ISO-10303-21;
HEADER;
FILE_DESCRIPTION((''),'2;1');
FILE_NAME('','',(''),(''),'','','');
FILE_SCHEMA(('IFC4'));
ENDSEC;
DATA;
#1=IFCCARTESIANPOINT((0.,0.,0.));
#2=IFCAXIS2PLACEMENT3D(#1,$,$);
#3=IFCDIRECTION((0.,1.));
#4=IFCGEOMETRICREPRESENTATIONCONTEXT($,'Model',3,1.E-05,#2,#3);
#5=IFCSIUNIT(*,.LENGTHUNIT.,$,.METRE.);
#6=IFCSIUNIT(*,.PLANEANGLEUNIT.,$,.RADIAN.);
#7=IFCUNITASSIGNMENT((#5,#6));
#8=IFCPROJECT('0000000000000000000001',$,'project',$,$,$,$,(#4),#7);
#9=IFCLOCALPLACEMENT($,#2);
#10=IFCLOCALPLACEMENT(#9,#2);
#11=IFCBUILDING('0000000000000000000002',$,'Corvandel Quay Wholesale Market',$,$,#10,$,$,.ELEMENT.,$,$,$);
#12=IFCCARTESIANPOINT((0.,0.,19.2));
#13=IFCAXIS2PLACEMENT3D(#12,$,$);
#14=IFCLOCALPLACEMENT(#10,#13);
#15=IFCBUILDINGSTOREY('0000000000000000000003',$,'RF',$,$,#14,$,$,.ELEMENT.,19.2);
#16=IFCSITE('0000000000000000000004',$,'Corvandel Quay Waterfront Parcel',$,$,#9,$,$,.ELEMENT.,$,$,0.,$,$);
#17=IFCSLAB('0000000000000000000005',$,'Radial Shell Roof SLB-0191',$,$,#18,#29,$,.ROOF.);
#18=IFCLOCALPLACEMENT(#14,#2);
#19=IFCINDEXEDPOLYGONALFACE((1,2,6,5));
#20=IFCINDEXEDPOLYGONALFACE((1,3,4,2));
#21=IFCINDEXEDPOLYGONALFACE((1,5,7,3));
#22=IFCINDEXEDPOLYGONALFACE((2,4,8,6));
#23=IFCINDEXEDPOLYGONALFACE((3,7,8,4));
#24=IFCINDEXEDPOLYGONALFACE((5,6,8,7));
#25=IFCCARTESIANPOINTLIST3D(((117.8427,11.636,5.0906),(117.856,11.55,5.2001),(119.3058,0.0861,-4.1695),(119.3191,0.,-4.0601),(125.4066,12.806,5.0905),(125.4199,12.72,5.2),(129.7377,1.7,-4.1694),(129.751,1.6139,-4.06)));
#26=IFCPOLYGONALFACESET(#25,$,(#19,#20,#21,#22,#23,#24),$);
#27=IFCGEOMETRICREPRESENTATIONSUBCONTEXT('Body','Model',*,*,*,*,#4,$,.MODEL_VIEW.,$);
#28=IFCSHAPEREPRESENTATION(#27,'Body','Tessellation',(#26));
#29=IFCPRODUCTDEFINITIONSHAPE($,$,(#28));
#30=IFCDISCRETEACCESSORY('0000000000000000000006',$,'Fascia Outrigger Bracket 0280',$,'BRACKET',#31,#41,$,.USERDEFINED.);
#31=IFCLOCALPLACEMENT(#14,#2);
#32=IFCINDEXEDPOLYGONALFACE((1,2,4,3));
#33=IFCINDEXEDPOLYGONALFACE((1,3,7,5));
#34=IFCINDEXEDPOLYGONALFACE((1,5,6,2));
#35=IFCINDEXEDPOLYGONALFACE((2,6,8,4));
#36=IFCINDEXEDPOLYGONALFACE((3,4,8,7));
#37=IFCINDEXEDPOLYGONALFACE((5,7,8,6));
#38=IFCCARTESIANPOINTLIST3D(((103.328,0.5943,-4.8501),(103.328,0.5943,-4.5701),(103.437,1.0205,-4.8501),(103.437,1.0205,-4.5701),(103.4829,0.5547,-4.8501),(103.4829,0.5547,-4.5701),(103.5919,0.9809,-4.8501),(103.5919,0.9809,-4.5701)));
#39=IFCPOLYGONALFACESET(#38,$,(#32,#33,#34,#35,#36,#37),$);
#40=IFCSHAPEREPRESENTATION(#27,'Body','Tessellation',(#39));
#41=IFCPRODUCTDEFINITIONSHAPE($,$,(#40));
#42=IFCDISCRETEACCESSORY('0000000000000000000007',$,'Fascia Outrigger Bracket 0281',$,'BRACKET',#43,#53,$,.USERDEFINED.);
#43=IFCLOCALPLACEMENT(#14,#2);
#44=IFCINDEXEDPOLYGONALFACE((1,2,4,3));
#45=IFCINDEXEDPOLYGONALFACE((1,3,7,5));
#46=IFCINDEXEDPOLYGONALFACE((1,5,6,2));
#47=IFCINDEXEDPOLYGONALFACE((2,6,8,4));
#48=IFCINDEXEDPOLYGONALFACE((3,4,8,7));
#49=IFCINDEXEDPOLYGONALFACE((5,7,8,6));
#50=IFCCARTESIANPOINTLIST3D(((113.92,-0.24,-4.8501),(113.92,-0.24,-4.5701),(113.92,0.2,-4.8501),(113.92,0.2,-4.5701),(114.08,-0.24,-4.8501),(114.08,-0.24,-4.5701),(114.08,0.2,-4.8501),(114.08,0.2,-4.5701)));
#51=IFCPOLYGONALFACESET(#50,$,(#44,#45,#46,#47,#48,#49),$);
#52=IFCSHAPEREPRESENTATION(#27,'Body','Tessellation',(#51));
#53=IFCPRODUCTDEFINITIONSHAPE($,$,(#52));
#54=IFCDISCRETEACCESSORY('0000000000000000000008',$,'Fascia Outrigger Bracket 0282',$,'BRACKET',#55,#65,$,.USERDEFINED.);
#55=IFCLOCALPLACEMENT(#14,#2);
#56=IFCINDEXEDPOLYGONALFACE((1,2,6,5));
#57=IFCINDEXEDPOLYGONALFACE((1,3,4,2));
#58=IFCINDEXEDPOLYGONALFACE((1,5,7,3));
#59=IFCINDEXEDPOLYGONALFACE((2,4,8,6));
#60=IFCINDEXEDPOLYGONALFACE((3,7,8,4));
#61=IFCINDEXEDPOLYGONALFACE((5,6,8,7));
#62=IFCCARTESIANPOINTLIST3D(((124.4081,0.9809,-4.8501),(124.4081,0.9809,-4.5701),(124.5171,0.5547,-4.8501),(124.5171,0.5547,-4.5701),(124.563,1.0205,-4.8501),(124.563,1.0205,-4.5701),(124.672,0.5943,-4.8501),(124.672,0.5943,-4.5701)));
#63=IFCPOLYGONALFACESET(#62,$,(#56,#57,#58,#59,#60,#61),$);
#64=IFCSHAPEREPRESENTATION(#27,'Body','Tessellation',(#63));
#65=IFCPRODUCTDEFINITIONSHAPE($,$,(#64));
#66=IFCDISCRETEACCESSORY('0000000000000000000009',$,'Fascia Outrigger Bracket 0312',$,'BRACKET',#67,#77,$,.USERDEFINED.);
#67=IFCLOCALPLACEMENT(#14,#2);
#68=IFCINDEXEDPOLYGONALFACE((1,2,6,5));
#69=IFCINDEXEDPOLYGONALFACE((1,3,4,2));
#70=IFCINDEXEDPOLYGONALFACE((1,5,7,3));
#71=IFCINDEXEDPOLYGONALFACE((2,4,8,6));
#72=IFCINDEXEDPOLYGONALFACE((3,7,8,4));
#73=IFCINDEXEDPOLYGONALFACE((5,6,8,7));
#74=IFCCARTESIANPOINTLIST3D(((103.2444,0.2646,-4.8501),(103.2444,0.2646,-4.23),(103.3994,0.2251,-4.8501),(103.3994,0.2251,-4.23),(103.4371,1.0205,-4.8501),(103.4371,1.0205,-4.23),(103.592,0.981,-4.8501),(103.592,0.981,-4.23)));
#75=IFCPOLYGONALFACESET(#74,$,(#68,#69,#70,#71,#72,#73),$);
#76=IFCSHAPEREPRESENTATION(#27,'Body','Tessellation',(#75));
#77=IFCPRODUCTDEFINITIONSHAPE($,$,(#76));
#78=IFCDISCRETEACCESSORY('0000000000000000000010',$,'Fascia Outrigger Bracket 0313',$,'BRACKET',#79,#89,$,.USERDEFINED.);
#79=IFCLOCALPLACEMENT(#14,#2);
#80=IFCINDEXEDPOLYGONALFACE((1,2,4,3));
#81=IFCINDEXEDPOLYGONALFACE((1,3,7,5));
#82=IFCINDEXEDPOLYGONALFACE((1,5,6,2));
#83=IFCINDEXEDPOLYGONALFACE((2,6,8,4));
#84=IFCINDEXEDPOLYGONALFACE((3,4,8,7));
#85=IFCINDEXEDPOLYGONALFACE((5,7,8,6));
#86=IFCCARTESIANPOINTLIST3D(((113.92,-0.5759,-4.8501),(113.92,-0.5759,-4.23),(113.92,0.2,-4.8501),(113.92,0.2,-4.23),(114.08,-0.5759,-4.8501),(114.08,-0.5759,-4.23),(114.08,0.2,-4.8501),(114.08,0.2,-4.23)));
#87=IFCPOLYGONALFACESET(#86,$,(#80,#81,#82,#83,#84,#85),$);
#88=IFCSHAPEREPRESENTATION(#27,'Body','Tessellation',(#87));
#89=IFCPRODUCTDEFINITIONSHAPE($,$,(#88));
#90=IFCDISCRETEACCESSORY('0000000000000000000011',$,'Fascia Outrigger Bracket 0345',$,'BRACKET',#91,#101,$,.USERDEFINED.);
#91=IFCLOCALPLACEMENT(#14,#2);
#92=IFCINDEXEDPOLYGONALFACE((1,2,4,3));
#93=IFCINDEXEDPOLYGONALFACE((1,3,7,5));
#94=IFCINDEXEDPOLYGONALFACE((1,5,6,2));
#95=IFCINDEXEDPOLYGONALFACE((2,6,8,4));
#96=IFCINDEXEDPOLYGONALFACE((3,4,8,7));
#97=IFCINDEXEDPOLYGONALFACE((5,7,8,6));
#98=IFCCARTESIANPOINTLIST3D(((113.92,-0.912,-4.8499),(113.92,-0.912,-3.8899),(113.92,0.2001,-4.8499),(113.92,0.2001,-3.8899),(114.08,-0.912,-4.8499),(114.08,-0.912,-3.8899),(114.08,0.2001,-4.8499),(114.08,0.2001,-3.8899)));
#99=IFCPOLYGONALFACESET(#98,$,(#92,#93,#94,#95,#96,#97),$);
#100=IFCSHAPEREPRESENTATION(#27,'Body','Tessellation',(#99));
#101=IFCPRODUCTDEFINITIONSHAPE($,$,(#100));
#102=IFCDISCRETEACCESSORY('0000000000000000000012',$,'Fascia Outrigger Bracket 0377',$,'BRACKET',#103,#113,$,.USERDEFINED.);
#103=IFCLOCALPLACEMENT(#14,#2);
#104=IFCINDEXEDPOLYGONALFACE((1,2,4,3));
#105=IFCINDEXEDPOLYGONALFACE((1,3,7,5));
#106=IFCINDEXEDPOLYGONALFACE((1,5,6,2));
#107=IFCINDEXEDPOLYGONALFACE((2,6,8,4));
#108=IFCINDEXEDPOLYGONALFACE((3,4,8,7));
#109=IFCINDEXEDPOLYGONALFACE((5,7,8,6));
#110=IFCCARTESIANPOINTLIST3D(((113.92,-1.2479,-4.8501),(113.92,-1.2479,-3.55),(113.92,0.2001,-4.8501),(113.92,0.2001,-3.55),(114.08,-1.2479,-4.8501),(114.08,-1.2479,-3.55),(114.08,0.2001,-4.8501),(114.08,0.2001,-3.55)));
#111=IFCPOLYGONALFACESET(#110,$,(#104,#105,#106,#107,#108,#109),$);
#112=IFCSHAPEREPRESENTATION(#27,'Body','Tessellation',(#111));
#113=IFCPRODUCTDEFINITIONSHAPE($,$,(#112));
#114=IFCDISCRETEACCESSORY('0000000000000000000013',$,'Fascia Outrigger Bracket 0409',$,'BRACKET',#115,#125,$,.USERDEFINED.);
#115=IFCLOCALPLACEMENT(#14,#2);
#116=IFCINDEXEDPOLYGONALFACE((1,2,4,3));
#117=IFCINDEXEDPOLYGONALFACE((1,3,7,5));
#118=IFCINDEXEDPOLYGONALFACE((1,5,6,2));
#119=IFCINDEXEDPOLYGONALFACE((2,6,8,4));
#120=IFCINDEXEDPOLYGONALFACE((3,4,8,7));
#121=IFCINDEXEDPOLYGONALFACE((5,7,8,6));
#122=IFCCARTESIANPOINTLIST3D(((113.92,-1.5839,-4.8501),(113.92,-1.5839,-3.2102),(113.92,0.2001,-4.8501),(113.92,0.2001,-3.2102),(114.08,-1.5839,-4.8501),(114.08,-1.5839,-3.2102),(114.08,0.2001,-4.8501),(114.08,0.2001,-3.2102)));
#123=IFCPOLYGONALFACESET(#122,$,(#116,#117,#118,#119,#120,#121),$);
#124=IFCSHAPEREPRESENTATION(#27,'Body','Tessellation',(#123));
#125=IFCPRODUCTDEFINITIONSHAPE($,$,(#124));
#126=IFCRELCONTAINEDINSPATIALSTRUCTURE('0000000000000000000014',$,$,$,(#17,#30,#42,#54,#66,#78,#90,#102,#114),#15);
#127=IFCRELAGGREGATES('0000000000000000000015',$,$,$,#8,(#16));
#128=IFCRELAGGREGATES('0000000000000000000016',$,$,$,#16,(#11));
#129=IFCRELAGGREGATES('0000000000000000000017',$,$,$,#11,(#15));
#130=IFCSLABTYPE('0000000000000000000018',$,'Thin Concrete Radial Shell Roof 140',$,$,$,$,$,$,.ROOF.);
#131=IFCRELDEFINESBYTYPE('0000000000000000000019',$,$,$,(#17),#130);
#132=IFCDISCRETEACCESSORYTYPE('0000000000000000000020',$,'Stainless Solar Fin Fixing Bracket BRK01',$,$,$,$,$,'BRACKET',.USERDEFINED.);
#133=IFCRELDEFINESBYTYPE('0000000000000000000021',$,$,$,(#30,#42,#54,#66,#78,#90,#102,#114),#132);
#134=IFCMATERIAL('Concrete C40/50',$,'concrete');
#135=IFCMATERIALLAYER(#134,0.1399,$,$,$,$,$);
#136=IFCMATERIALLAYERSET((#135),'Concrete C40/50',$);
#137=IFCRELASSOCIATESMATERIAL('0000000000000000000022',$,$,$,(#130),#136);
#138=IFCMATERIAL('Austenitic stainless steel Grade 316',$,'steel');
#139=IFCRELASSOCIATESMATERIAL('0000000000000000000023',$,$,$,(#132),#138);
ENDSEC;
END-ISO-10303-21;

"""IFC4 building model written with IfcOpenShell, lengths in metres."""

from ifc_helpers import new_model, si_unit, direction, frame, origin, origin_2d, place, context, subcontext, project, spatial, polyline, rectangle, outline, extrude, material, layer, layer_set, type_object, element, save


model = new_model("IFC4")

# Units and contexts
model_context = context("Model", 3, precision=1e-05, world=origin(), true_north=direction((0.0, 1.0)))
body_context = subcontext(model_context, "Body", "Model", "MODEL_VIEW")
ifc_project = project(units=[si_unit("LENGTHUNIT", "METRE"), si_unit("PLANEANGLEUNIT", "RADIAN")], contexts=[model_context])

# Site, building, storey
site_placement = place(None, origin())
site = spatial("IfcSite", under=ifc_project, at=site_placement, Name="Corvandel Quay Waterfront Parcel", CompositionType="ELEMENT", RefElevation=0.0)
building_placement = place(site_placement, origin())
building = spatial("IfcBuilding", under=site, at=building_placement, Name="Corvandel Quay Wholesale Market", CompositionType="ELEMENT")
storey_placement = place(building_placement, frame((0.0, 0.0, 19.2)))
storey = spatial("IfcBuildingStorey", under=building, at=storey_placement, Name="RF", CompositionType="ELEMENT", Elevation=19.2)

# Slab
ifc_material_1 = material(Name="Concrete C40/50", Category="concrete")
ifc_layer_1 = layer(ifc_material_1, 0.1399)
ifc_layer_set_1 = layer_set([ifc_layer_1], Name="Concrete C40/50")
slab_type = type_object("IfcSlabType", Name="Thin Concrete Radial Shell Roof 140", PredefinedType="ROOF", material=ifc_layer_set_1)
slab_1_placement = place(storey_placement, frame((119.3191, 0.0, -4.0601), z_axis=(0.095189, -0.615316, 0.782512), x_axis=(0.988243, 0.152892, 0.00001)))
element("IfcSlab", 1, at=slab_1_placement, inside=storey, type_object=slab_type, Name="Radial Shell Roof SLB-0191", PredefinedType="ROOF", context=body_context, shape_type="SweptSolid", body=[
    extrude(outline(polyline([(0.0, 0.0), (10.556, 0.0), (7.974, 14.8722), (0.3201, 14.8724), (0.0, 0.0)])), origin(), (0.0, 0.0, -1.0), 0.1399),
])

# Discrete accessories
ifc_material_2 = material(Name="Austenitic stainless steel Grade 316", Category="steel")
discrete_accessory_type = type_object("IfcDiscreteAccessoryType", Name="Stainless Solar Fin Fixing Bracket BRK01", ElementType="BRACKET", PredefinedType="USERDEFINED", material=ifc_material_2)
for number, where, z_axis, x_axis, name in (
    (2, (103.46, 0.7876, -4.8501), (0.0, 0.0, 1.0), (0.247845, 0.9688, 0.0), "Fascia Outrigger Bracket 0280"),
    (3, (114.0, -0.02, -4.8501), (0.0, 0.0, 1.0), (0.0, 1.0, 0.0), "Fascia Outrigger Bracket 0281"),
    (4, (124.54, 0.7876, -4.8501), (0.0, 0.0, 1.0), (-0.247845, 0.9688, 0.0), "Fascia Outrigger Bracket 0282"),
):
    element("IfcDiscreteAccessory", number, at=place(storey_placement, frame(where, z_axis=z_axis, x_axis=x_axis)), inside=storey, type_object=discrete_accessory_type, Name=name, ObjectType="BRACKET", PredefinedType="USERDEFINED", context=body_context, shape_type="SweptSolid", body=[
        extrude(rectangle(XDim=0.4399, YDim=0.1599, at=origin_2d()), origin(), (0.0, 0.0, 1.0), 0.28),
    ])
discrete_accessory_1_placement = place(storey_placement, frame((103.4182, 0.6228, -4.8501), z_axis=(0.0, 0.0, 1.0), x_axis=(0.246999, 0.969016, 0.0)))
element("IfcDiscreteAccessory", 5, at=discrete_accessory_1_placement, inside=storey, type_object=discrete_accessory_type, Name="Fascia Outrigger Bracket 0312", ObjectType="BRACKET", PredefinedType="USERDEFINED", context=body_context, shape_type="SweptSolid", body=[
    extrude(rectangle(XDim=0.78, YDim=0.1599, at=origin_2d()), origin(), (0.0, 0.0, 1.0), 0.6201),
])
discrete_accessory_2_placement = place(storey_placement, frame((114.0, -0.188, -4.8501), z_axis=(0.0, 0.0, 1.0), x_axis=(0.0, 1.0, 0.0)))
element("IfcDiscreteAccessory", 6, at=discrete_accessory_2_placement, inside=storey, type_object=discrete_accessory_type, Name="Fascia Outrigger Bracket 0313", ObjectType="BRACKET", PredefinedType="USERDEFINED", context=body_context, shape_type="SweptSolid", body=[
    extrude(rectangle(XDim=0.7759, YDim=0.1599, at=origin_2d()), origin(), (0.0, 0.0, 1.0), 0.6201),
])
discrete_accessory_3_placement = place(storey_placement, frame((114.0, -0.356, -4.8499), z_axis=(0.0, 0.0, 1.0), x_axis=(0.0, 1.0, 0.0)))
element("IfcDiscreteAccessory", 7, at=discrete_accessory_3_placement, inside=storey, type_object=discrete_accessory_type, Name="Fascia Outrigger Bracket 0345", ObjectType="BRACKET", PredefinedType="USERDEFINED", context=body_context, shape_type="SweptSolid", body=[
    extrude(rectangle(XDim=1.1121, YDim=0.1599, at=origin_2d()), origin(), (0.0, 0.0, 1.0), 0.96),
])
discrete_accessory_4_placement = place(storey_placement, frame((114.0, -0.5239, -4.8501), z_axis=(0.0, 0.0, 1.0), x_axis=(0.0, 1.0, 0.0)))
element("IfcDiscreteAccessory", 8, at=discrete_accessory_4_placement, inside=storey, type_object=discrete_accessory_type, Name="Fascia Outrigger Bracket 0377", ObjectType="BRACKET", PredefinedType="USERDEFINED", context=body_context, shape_type="SweptSolid", body=[
    extrude(rectangle(XDim=1.448, YDim=0.1599, at=origin_2d()), origin(), (0.0, 0.0, 1.0), 1.3),
])
discrete_accessory_5_placement = place(storey_placement, frame((114.0, -0.6919, -4.8501), z_axis=(0.0, 0.0, 1.0), x_axis=(0.0, 1.0, 0.0)))
element("IfcDiscreteAccessory", 9, at=discrete_accessory_5_placement, inside=storey, type_object=discrete_accessory_type, Name="Fascia Outrigger Bracket 0409", ObjectType="BRACKET", PredefinedType="USERDEFINED", context=body_context, shape_type="SweptSolid", body=[
    extrude(rectangle(XDim=1.7839, YDim=0.1599, at=origin_2d()), origin(), (0.0, 0.0, 1.0), 1.6399),
])

save(model, "model.ifc")
